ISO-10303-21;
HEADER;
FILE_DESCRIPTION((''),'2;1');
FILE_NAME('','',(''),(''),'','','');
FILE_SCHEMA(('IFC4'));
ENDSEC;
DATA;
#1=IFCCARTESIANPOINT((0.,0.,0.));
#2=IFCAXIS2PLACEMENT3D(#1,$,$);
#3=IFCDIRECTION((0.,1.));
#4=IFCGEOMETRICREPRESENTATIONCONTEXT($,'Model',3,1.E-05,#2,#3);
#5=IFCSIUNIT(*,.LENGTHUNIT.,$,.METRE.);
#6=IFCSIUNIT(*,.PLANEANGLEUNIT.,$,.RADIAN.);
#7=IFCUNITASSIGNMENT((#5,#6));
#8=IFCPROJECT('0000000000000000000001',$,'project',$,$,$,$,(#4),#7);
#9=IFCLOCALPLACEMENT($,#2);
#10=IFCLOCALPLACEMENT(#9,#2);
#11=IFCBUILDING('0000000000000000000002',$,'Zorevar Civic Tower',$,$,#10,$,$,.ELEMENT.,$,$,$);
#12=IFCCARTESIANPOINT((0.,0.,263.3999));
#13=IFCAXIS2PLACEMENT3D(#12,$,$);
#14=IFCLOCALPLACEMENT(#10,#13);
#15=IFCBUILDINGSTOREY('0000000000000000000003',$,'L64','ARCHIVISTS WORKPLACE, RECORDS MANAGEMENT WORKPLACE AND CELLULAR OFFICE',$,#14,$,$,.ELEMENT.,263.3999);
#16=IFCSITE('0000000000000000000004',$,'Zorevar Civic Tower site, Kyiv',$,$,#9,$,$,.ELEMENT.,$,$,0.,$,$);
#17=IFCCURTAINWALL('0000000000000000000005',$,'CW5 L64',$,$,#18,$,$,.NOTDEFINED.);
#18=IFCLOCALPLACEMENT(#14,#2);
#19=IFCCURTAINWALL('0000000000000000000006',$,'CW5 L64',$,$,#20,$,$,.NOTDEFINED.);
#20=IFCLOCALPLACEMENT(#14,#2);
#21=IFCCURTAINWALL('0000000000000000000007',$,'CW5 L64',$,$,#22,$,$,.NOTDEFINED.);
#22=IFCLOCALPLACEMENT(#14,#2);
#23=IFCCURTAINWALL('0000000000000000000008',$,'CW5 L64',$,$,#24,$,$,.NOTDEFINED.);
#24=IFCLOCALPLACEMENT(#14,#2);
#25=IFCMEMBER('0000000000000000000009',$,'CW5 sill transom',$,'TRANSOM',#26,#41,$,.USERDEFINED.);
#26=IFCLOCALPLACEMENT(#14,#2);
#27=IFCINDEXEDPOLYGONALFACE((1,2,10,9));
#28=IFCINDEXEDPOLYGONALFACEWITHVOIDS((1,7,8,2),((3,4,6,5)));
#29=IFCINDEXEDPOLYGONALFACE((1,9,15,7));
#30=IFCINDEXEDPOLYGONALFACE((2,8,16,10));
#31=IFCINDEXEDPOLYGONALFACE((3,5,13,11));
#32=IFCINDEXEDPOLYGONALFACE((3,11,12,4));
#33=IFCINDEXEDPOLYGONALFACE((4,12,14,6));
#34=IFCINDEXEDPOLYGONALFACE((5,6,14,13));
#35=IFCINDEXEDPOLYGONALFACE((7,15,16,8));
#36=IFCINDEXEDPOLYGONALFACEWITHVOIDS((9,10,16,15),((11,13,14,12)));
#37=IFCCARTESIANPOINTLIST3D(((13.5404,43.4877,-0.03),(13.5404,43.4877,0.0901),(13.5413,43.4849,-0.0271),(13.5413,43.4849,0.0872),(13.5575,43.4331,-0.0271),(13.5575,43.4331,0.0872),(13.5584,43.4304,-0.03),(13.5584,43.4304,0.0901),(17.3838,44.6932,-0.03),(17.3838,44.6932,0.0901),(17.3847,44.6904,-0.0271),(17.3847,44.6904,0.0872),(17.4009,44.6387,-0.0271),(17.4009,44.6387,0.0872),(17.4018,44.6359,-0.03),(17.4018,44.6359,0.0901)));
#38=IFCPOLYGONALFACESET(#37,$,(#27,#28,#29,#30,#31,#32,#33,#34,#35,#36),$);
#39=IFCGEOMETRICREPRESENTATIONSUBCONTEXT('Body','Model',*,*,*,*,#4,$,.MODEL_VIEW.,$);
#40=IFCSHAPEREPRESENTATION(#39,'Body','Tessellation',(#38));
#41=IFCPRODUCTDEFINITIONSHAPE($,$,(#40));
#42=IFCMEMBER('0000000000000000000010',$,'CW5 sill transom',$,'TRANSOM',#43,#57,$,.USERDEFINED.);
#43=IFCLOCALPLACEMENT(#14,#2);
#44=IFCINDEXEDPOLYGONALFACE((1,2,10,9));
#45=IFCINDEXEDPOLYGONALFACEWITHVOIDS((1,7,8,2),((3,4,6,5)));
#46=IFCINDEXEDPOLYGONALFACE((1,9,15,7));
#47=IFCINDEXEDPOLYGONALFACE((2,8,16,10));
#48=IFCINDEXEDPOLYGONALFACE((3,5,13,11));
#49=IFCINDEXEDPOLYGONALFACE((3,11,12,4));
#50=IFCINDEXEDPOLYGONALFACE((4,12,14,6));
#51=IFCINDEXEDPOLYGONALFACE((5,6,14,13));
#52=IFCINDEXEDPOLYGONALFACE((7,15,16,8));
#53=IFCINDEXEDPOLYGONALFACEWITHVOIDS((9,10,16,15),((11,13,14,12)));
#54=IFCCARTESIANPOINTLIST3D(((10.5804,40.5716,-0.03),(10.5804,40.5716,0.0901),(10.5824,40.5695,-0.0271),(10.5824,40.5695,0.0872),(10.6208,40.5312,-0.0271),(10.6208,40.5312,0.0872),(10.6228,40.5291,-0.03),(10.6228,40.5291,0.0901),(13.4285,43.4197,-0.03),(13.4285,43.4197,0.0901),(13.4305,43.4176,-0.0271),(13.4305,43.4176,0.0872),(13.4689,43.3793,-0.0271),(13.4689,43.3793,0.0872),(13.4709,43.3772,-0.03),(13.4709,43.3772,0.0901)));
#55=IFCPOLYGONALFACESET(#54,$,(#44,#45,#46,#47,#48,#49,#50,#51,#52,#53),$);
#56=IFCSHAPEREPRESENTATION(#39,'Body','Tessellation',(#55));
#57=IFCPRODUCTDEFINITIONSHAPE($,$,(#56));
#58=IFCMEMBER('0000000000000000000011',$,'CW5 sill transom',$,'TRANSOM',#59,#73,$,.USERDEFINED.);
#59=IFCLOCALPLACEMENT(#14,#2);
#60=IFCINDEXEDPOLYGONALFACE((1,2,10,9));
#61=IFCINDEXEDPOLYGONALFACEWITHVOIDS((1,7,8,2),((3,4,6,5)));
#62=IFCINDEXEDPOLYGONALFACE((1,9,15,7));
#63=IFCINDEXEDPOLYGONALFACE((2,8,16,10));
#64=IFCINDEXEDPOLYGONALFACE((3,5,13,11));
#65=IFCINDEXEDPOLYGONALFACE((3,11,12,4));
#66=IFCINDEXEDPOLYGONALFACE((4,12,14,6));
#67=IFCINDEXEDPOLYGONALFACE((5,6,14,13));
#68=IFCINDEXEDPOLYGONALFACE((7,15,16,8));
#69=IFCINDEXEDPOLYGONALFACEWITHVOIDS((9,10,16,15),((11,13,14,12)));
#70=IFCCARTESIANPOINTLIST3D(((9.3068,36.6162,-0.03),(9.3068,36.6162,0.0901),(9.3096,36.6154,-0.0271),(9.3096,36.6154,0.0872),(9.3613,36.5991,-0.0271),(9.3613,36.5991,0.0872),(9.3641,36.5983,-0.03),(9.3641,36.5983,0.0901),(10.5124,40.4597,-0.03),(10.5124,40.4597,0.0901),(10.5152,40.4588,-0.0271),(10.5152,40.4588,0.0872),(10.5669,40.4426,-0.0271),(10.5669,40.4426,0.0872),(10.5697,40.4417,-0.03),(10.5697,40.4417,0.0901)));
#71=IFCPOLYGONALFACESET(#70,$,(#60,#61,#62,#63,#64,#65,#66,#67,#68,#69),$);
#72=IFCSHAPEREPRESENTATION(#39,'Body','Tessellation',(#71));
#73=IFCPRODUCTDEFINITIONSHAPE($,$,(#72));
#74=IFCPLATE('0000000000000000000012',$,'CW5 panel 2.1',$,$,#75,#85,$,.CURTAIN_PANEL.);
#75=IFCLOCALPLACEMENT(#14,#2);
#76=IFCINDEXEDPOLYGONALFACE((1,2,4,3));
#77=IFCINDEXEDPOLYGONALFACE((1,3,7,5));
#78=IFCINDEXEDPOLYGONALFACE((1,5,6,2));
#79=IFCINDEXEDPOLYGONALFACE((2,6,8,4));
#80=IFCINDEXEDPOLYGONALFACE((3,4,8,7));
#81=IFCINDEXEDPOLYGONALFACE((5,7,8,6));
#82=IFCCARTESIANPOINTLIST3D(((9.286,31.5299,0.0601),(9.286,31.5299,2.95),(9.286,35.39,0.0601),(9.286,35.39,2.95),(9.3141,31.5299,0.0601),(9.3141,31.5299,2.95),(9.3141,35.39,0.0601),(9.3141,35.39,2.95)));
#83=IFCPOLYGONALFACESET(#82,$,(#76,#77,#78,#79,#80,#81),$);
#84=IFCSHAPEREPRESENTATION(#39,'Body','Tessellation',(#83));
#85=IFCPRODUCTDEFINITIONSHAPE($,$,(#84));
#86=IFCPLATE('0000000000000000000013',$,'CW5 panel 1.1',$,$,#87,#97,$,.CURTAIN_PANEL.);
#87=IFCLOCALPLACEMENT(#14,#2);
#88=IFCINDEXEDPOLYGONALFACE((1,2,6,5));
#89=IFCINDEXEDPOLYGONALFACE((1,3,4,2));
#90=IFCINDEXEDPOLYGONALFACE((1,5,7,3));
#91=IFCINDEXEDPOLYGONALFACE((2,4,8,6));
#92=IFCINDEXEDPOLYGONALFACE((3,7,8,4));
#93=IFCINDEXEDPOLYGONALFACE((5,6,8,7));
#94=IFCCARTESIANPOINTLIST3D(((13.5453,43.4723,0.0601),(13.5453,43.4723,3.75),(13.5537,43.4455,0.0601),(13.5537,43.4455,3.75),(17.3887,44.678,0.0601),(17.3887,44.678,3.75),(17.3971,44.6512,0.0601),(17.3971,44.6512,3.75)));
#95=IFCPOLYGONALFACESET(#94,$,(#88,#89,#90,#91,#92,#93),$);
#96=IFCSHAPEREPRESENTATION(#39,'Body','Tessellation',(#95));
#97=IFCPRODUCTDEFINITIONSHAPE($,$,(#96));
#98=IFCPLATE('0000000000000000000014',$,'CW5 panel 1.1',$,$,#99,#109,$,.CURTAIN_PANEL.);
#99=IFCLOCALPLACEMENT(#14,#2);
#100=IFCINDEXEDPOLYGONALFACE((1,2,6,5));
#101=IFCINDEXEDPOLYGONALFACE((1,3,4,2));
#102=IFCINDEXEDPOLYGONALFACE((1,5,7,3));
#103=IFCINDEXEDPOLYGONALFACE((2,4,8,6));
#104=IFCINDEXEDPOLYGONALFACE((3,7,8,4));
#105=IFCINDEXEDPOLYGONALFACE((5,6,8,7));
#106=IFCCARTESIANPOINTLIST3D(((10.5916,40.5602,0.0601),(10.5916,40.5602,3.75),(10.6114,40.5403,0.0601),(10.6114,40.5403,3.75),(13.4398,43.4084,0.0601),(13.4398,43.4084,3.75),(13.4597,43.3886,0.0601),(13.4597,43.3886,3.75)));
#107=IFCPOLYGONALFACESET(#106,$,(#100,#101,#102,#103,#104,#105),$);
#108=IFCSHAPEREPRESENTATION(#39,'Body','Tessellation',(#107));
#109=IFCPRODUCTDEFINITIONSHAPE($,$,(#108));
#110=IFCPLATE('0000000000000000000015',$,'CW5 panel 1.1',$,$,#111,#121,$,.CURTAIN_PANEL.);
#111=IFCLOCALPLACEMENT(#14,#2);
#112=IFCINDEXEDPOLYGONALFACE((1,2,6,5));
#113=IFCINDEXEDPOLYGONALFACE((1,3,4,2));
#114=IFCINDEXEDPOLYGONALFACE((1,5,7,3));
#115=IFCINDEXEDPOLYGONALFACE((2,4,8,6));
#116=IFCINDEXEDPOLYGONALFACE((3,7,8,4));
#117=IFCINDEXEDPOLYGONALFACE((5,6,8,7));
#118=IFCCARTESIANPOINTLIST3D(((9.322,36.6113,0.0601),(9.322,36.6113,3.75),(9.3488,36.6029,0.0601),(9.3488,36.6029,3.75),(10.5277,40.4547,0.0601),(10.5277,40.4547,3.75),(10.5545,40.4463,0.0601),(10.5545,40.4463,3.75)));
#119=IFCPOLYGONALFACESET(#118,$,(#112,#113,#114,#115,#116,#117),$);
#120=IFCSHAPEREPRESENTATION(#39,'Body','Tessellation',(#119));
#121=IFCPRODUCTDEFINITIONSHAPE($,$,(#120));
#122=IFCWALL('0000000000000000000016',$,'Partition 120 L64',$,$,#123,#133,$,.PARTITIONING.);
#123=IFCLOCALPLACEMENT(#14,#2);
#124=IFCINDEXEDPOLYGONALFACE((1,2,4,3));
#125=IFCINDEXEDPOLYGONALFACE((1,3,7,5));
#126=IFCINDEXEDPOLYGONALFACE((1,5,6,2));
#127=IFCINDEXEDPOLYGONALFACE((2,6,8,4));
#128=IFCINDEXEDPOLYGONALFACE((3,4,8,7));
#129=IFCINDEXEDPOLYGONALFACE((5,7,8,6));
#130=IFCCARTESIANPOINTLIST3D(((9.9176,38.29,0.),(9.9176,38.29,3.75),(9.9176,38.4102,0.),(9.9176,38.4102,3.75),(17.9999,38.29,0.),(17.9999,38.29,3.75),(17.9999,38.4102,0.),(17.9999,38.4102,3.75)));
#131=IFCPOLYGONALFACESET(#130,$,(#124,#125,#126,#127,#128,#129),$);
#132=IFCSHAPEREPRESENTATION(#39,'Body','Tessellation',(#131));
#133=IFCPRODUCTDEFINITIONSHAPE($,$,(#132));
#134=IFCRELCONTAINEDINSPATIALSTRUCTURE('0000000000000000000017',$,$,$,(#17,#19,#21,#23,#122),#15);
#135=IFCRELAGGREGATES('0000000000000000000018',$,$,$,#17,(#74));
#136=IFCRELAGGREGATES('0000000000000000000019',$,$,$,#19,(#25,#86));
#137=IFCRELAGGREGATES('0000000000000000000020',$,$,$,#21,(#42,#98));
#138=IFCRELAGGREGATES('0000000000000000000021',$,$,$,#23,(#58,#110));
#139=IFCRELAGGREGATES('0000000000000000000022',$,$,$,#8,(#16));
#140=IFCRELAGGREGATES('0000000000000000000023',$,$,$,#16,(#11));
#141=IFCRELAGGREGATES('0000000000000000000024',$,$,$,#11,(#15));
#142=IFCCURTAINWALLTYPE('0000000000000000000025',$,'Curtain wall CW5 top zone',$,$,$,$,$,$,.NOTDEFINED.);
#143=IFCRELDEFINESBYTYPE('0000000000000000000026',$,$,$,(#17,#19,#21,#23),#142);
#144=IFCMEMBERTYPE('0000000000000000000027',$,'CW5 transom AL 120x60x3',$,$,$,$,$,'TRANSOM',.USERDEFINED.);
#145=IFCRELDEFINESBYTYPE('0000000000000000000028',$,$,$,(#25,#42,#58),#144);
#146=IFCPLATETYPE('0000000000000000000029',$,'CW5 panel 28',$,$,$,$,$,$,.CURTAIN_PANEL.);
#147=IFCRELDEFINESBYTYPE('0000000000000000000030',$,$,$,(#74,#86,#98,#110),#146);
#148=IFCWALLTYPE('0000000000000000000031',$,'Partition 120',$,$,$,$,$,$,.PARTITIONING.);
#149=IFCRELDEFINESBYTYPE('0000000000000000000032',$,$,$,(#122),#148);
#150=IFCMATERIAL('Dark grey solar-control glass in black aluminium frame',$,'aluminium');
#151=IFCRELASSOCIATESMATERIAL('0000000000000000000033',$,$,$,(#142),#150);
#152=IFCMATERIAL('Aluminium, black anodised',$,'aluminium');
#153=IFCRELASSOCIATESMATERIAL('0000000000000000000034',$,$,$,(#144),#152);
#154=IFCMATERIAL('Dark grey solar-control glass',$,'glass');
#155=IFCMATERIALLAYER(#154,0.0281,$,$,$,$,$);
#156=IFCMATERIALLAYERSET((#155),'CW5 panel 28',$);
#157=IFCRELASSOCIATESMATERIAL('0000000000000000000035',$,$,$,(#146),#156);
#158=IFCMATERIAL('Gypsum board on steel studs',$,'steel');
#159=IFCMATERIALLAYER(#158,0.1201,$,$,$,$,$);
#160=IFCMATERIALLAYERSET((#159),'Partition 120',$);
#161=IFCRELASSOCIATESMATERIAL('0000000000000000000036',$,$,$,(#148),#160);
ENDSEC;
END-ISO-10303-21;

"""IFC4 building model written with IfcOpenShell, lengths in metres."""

from ifc_helpers import new_model, si_unit, direction, frame, frame_2d, origin, origin_2d, place, context, subcontext, project, spatial, rectangle, hollow_rectangle, extrude, material, layer, layer_set, material_profile, profile_set, type_object, element, aggregate, save


model = new_model("IFC4")

# Units and contexts
model_context = context("Model", 3, precision=1e-05, world=origin(), true_north=direction((0.0, 1.0)))
body_context = subcontext(model_context, "Body", "Model", "MODEL_VIEW")
ifc_project = project(units=[si_unit("LENGTHUNIT", "METRE"), si_unit("PLANEANGLEUNIT", "RADIAN")], contexts=[model_context])

# Site, building, storey
site_placement = place(None, origin())
site = spatial("IfcSite", under=ifc_project, at=site_placement, Name="Zorevar Civic Tower site, Kyiv", CompositionType="ELEMENT", RefElevation=0.0)
building_placement = place(site_placement, origin())
building = spatial("IfcBuilding", under=site, at=building_placement, Name="Zorevar Civic Tower", CompositionType="ELEMENT")
storey_placement = place(building_placement, frame((0.0, 0.0, 263.3999)))
storey = spatial("IfcBuildingStorey", under=building, at=storey_placement, Name="L64", Description="ARCHIVISTS WORKPLACE, RECORDS MANAGEMENT WORKPLACE AND CELLULAR OFFICE", CompositionType="ELEMENT", Elevation=263.3999)

# Curtain walls
ifc_material_1 = material(Name="Dark grey solar-control glass in black aluminium frame", Category="aluminium")
curtain_wall_type = type_object("IfcCurtainWallType", Name="Curtain wall CW5 top zone", PredefinedType="NOTDEFINED", material=ifc_material_1)
curtain_wall_1_placement = place(storey_placement, origin())
curtain_wall_1 = element("IfcCurtainWall", 1, at=curtain_wall_1_placement, inside=storey, type_object=curtain_wall_type, Name="CW5 L64", PredefinedType="NOTDEFINED")
curtain_wall_2_placement = place(storey_placement, origin())
curtain_wall_2 = element("IfcCurtainWall", 2, at=curtain_wall_2_placement, inside=storey, type_object=curtain_wall_type, Name="CW5 L64", PredefinedType="NOTDEFINED")
curtain_wall_3_placement = place(storey_placement, origin())
curtain_wall_3 = element("IfcCurtainWall", 3, at=curtain_wall_3_placement, inside=storey, type_object=curtain_wall_type, Name="CW5 L64", PredefinedType="NOTDEFINED")
curtain_wall_4_placement = place(storey_placement, origin())
curtain_wall_4 = element("IfcCurtainWall", 4, at=curtain_wall_4_placement, inside=storey, type_object=curtain_wall_type, Name="CW5 L64", PredefinedType="NOTDEFINED")

# Members
ifc_material_2 = material(Name="Aluminium, black anodised", Category="aluminium")
ifc_material_profile_1 = material_profile(ifc_material_2, hollow_rectangle(XDim=0.0601, YDim=0.1201, WallThickness=0.0029, at=origin_2d()), Name="AL 120x60x3")
ifc_profile_set_1 = profile_set([ifc_material_profile_1], Name="Aluminium, black anodised")
member_type_1 = type_object("IfcMemberType", Name="CW5 transom AL 120x60x3", ElementType="TRANSOM", PredefinedType="USERDEFINED", material=ifc_profile_set_1)
member_1_placement = place(storey_placement, frame((17.3928, 44.6646, 0.03), z_axis=(-0.954163, -0.299286, 0.0), x_axis=(0.299286, -0.954163, 0.0)))
member_1 = element("IfcMember", 5, at=member_1_placement, type_object=member_type_1, Name="CW5 sill transom", ObjectType="TRANSOM", PredefinedType="USERDEFINED", context=body_context, shape_type="SweptSolid", body=[
    extrude(hollow_rectangle(XDim=0.0601, YDim=0.1201, WallThickness=0.0029, at=origin_2d()), origin(), (0.0, 0.0, 1.0), 4.0281),
])
member_2_placement = place(storey_placement, frame((13.4497, 43.3984, 0.03), z_axis=(-0.707107, -0.707107, 0.0), x_axis=(0.707107, -0.707107, 0.0)))
member_2 = element("IfcMember", 6, at=member_2_placement, type_object=member_type_1, Name="CW5 sill transom", ObjectType="TRANSOM", PredefinedType="USERDEFINED", context=body_context, shape_type="SweptSolid", body=[
    extrude(hollow_rectangle(XDim=0.0601, YDim=0.1201, WallThickness=0.0029, at=origin_2d()), origin(), (0.0, 0.0, 1.0), 4.0278),
])
member_3_placement = place(storey_placement, frame((10.541, 40.4507, 0.03), z_axis=(-0.299286, -0.954163, 0.0), x_axis=(0.954163, -0.299286, 0.0)))
member_3 = element("IfcMember", 7, at=member_3_placement, type_object=member_type_1, Name="CW5 sill transom", ObjectType="TRANSOM", PredefinedType="USERDEFINED", context=body_context, shape_type="SweptSolid", body=[
    extrude(hollow_rectangle(XDim=0.0601, YDim=0.1201, WallThickness=0.0029, at=origin_2d()), origin(), (0.0, 0.0, 1.0), 4.0281),
])

# Plates
ifc_material_3 = material(Name="Dark grey solar-control glass", Category="glass")
ifc_layer_1 = layer(ifc_material_3, 0.0281)
ifc_layer_set_1 = layer_set([ifc_layer_1], Name="CW5 panel 28")
plate_type = type_object("IfcPlateType", Name="CW5 panel 28", PredefinedType="CURTAIN_PANEL", material=ifc_layer_set_1)
plate_1_placement = place(storey_placement, frame((9.3, 33.46, 0.0601), z_axis=(0.0, 0.0, 1.0), x_axis=(0.0, 1.0, 0.0)))
plate_1 = element("IfcPlate", 8, at=plate_1_placement, type_object=plate_type, Name="CW5 panel 2.1", PredefinedType="CURTAIN_PANEL", context=body_context, shape_type="SweptSolid", body=[
    extrude(rectangle(XDim=3.8601, YDim=0.0281, at=origin_2d()), origin(), (0.0, 0.0, 1.0), 2.8899),
])
aggregate(curtain_wall_1, [plate_1])
plate_2_placement = place(storey_placement, frame((15.4712, 44.0618, 0.0601), z_axis=(0.0, 0.0, 1.0), x_axis=(-0.954153, -0.299318, 0.0)))
plate_2 = element("IfcPlate", 9, at=plate_2_placement, type_object=plate_type, Name="CW5 panel 1.1", PredefinedType="CURTAIN_PANEL", context=body_context, shape_type="SweptSolid", body=[
    extrude(rectangle(XDim=4.0281, YDim=0.0281, at=origin_2d()), origin(), (0.0, 0.0, 1.0), 3.6899),
])
aggregate(curtain_wall_2, [member_1, plate_2])
plate_3_placement = place(storey_placement, frame((12.0256, 41.9744, 0.0601), z_axis=(0.0, 0.0, 1.0), x_axis=(-0.707107, -0.707107, 0.0)))
plate_3 = element("IfcPlate", 10, at=plate_3_placement, type_object=plate_type, Name="CW5 panel 1.1", PredefinedType="CURTAIN_PANEL", context=body_context, shape_type="SweptSolid", body=[
    extrude(rectangle(XDim=4.0281, YDim=0.0281, at=origin_2d()), origin(), (0.0, 0.0, 1.0), 3.6899),
])
aggregate(curtain_wall_3, [member_2, plate_3])
plate_4_placement = place(storey_placement, frame((9.9382, 38.5288, 0.0601), z_axis=(0.0, 0.0, 1.0), x_axis=(-0.299318, -0.954153, 0.0)))
plate_4 = element("IfcPlate", 11, at=plate_4_placement, type_object=plate_type, Name="CW5 panel 1.1", PredefinedType="CURTAIN_PANEL", context=body_context, shape_type="SweptSolid", body=[
    extrude(rectangle(XDim=4.0281, YDim=0.0281, at=origin_2d()), origin(), (0.0, 0.0, 1.0), 3.6899),
])
aggregate(curtain_wall_4, [member_3, plate_4])

# Wall
ifc_material_4 = material(Name="Gypsum board on steel studs", Category="steel")
ifc_layer_2 = layer(ifc_material_4, 0.1201)
ifc_layer_set_2 = layer_set([ifc_layer_2], Name="Partition 120")
wall_type_1 = type_object("IfcWallType", Name="Partition 120", PredefinedType="PARTITIONING", material=ifc_layer_set_2)
wall_1_placement = place(storey_placement, frame((9.9177, 38.3501, 0.0), z_axis=(0.0, 0.0, 1.0), x_axis=(1.0, 0.0, 0.0)))
element("IfcWall", 12, at=wall_1_placement, inside=storey, type_object=wall_type_1, Name="Partition 120 L64", PredefinedType="PARTITIONING", context=body_context, shape_type="SweptSolid", body=[
    extrude(rectangle(XDim=8.0823, YDim=0.1201, at=frame_2d((4.041, 0.0))), origin(), (0.0, 0.0, 1.0), 3.75),
])

save(model, "model.ifc")
